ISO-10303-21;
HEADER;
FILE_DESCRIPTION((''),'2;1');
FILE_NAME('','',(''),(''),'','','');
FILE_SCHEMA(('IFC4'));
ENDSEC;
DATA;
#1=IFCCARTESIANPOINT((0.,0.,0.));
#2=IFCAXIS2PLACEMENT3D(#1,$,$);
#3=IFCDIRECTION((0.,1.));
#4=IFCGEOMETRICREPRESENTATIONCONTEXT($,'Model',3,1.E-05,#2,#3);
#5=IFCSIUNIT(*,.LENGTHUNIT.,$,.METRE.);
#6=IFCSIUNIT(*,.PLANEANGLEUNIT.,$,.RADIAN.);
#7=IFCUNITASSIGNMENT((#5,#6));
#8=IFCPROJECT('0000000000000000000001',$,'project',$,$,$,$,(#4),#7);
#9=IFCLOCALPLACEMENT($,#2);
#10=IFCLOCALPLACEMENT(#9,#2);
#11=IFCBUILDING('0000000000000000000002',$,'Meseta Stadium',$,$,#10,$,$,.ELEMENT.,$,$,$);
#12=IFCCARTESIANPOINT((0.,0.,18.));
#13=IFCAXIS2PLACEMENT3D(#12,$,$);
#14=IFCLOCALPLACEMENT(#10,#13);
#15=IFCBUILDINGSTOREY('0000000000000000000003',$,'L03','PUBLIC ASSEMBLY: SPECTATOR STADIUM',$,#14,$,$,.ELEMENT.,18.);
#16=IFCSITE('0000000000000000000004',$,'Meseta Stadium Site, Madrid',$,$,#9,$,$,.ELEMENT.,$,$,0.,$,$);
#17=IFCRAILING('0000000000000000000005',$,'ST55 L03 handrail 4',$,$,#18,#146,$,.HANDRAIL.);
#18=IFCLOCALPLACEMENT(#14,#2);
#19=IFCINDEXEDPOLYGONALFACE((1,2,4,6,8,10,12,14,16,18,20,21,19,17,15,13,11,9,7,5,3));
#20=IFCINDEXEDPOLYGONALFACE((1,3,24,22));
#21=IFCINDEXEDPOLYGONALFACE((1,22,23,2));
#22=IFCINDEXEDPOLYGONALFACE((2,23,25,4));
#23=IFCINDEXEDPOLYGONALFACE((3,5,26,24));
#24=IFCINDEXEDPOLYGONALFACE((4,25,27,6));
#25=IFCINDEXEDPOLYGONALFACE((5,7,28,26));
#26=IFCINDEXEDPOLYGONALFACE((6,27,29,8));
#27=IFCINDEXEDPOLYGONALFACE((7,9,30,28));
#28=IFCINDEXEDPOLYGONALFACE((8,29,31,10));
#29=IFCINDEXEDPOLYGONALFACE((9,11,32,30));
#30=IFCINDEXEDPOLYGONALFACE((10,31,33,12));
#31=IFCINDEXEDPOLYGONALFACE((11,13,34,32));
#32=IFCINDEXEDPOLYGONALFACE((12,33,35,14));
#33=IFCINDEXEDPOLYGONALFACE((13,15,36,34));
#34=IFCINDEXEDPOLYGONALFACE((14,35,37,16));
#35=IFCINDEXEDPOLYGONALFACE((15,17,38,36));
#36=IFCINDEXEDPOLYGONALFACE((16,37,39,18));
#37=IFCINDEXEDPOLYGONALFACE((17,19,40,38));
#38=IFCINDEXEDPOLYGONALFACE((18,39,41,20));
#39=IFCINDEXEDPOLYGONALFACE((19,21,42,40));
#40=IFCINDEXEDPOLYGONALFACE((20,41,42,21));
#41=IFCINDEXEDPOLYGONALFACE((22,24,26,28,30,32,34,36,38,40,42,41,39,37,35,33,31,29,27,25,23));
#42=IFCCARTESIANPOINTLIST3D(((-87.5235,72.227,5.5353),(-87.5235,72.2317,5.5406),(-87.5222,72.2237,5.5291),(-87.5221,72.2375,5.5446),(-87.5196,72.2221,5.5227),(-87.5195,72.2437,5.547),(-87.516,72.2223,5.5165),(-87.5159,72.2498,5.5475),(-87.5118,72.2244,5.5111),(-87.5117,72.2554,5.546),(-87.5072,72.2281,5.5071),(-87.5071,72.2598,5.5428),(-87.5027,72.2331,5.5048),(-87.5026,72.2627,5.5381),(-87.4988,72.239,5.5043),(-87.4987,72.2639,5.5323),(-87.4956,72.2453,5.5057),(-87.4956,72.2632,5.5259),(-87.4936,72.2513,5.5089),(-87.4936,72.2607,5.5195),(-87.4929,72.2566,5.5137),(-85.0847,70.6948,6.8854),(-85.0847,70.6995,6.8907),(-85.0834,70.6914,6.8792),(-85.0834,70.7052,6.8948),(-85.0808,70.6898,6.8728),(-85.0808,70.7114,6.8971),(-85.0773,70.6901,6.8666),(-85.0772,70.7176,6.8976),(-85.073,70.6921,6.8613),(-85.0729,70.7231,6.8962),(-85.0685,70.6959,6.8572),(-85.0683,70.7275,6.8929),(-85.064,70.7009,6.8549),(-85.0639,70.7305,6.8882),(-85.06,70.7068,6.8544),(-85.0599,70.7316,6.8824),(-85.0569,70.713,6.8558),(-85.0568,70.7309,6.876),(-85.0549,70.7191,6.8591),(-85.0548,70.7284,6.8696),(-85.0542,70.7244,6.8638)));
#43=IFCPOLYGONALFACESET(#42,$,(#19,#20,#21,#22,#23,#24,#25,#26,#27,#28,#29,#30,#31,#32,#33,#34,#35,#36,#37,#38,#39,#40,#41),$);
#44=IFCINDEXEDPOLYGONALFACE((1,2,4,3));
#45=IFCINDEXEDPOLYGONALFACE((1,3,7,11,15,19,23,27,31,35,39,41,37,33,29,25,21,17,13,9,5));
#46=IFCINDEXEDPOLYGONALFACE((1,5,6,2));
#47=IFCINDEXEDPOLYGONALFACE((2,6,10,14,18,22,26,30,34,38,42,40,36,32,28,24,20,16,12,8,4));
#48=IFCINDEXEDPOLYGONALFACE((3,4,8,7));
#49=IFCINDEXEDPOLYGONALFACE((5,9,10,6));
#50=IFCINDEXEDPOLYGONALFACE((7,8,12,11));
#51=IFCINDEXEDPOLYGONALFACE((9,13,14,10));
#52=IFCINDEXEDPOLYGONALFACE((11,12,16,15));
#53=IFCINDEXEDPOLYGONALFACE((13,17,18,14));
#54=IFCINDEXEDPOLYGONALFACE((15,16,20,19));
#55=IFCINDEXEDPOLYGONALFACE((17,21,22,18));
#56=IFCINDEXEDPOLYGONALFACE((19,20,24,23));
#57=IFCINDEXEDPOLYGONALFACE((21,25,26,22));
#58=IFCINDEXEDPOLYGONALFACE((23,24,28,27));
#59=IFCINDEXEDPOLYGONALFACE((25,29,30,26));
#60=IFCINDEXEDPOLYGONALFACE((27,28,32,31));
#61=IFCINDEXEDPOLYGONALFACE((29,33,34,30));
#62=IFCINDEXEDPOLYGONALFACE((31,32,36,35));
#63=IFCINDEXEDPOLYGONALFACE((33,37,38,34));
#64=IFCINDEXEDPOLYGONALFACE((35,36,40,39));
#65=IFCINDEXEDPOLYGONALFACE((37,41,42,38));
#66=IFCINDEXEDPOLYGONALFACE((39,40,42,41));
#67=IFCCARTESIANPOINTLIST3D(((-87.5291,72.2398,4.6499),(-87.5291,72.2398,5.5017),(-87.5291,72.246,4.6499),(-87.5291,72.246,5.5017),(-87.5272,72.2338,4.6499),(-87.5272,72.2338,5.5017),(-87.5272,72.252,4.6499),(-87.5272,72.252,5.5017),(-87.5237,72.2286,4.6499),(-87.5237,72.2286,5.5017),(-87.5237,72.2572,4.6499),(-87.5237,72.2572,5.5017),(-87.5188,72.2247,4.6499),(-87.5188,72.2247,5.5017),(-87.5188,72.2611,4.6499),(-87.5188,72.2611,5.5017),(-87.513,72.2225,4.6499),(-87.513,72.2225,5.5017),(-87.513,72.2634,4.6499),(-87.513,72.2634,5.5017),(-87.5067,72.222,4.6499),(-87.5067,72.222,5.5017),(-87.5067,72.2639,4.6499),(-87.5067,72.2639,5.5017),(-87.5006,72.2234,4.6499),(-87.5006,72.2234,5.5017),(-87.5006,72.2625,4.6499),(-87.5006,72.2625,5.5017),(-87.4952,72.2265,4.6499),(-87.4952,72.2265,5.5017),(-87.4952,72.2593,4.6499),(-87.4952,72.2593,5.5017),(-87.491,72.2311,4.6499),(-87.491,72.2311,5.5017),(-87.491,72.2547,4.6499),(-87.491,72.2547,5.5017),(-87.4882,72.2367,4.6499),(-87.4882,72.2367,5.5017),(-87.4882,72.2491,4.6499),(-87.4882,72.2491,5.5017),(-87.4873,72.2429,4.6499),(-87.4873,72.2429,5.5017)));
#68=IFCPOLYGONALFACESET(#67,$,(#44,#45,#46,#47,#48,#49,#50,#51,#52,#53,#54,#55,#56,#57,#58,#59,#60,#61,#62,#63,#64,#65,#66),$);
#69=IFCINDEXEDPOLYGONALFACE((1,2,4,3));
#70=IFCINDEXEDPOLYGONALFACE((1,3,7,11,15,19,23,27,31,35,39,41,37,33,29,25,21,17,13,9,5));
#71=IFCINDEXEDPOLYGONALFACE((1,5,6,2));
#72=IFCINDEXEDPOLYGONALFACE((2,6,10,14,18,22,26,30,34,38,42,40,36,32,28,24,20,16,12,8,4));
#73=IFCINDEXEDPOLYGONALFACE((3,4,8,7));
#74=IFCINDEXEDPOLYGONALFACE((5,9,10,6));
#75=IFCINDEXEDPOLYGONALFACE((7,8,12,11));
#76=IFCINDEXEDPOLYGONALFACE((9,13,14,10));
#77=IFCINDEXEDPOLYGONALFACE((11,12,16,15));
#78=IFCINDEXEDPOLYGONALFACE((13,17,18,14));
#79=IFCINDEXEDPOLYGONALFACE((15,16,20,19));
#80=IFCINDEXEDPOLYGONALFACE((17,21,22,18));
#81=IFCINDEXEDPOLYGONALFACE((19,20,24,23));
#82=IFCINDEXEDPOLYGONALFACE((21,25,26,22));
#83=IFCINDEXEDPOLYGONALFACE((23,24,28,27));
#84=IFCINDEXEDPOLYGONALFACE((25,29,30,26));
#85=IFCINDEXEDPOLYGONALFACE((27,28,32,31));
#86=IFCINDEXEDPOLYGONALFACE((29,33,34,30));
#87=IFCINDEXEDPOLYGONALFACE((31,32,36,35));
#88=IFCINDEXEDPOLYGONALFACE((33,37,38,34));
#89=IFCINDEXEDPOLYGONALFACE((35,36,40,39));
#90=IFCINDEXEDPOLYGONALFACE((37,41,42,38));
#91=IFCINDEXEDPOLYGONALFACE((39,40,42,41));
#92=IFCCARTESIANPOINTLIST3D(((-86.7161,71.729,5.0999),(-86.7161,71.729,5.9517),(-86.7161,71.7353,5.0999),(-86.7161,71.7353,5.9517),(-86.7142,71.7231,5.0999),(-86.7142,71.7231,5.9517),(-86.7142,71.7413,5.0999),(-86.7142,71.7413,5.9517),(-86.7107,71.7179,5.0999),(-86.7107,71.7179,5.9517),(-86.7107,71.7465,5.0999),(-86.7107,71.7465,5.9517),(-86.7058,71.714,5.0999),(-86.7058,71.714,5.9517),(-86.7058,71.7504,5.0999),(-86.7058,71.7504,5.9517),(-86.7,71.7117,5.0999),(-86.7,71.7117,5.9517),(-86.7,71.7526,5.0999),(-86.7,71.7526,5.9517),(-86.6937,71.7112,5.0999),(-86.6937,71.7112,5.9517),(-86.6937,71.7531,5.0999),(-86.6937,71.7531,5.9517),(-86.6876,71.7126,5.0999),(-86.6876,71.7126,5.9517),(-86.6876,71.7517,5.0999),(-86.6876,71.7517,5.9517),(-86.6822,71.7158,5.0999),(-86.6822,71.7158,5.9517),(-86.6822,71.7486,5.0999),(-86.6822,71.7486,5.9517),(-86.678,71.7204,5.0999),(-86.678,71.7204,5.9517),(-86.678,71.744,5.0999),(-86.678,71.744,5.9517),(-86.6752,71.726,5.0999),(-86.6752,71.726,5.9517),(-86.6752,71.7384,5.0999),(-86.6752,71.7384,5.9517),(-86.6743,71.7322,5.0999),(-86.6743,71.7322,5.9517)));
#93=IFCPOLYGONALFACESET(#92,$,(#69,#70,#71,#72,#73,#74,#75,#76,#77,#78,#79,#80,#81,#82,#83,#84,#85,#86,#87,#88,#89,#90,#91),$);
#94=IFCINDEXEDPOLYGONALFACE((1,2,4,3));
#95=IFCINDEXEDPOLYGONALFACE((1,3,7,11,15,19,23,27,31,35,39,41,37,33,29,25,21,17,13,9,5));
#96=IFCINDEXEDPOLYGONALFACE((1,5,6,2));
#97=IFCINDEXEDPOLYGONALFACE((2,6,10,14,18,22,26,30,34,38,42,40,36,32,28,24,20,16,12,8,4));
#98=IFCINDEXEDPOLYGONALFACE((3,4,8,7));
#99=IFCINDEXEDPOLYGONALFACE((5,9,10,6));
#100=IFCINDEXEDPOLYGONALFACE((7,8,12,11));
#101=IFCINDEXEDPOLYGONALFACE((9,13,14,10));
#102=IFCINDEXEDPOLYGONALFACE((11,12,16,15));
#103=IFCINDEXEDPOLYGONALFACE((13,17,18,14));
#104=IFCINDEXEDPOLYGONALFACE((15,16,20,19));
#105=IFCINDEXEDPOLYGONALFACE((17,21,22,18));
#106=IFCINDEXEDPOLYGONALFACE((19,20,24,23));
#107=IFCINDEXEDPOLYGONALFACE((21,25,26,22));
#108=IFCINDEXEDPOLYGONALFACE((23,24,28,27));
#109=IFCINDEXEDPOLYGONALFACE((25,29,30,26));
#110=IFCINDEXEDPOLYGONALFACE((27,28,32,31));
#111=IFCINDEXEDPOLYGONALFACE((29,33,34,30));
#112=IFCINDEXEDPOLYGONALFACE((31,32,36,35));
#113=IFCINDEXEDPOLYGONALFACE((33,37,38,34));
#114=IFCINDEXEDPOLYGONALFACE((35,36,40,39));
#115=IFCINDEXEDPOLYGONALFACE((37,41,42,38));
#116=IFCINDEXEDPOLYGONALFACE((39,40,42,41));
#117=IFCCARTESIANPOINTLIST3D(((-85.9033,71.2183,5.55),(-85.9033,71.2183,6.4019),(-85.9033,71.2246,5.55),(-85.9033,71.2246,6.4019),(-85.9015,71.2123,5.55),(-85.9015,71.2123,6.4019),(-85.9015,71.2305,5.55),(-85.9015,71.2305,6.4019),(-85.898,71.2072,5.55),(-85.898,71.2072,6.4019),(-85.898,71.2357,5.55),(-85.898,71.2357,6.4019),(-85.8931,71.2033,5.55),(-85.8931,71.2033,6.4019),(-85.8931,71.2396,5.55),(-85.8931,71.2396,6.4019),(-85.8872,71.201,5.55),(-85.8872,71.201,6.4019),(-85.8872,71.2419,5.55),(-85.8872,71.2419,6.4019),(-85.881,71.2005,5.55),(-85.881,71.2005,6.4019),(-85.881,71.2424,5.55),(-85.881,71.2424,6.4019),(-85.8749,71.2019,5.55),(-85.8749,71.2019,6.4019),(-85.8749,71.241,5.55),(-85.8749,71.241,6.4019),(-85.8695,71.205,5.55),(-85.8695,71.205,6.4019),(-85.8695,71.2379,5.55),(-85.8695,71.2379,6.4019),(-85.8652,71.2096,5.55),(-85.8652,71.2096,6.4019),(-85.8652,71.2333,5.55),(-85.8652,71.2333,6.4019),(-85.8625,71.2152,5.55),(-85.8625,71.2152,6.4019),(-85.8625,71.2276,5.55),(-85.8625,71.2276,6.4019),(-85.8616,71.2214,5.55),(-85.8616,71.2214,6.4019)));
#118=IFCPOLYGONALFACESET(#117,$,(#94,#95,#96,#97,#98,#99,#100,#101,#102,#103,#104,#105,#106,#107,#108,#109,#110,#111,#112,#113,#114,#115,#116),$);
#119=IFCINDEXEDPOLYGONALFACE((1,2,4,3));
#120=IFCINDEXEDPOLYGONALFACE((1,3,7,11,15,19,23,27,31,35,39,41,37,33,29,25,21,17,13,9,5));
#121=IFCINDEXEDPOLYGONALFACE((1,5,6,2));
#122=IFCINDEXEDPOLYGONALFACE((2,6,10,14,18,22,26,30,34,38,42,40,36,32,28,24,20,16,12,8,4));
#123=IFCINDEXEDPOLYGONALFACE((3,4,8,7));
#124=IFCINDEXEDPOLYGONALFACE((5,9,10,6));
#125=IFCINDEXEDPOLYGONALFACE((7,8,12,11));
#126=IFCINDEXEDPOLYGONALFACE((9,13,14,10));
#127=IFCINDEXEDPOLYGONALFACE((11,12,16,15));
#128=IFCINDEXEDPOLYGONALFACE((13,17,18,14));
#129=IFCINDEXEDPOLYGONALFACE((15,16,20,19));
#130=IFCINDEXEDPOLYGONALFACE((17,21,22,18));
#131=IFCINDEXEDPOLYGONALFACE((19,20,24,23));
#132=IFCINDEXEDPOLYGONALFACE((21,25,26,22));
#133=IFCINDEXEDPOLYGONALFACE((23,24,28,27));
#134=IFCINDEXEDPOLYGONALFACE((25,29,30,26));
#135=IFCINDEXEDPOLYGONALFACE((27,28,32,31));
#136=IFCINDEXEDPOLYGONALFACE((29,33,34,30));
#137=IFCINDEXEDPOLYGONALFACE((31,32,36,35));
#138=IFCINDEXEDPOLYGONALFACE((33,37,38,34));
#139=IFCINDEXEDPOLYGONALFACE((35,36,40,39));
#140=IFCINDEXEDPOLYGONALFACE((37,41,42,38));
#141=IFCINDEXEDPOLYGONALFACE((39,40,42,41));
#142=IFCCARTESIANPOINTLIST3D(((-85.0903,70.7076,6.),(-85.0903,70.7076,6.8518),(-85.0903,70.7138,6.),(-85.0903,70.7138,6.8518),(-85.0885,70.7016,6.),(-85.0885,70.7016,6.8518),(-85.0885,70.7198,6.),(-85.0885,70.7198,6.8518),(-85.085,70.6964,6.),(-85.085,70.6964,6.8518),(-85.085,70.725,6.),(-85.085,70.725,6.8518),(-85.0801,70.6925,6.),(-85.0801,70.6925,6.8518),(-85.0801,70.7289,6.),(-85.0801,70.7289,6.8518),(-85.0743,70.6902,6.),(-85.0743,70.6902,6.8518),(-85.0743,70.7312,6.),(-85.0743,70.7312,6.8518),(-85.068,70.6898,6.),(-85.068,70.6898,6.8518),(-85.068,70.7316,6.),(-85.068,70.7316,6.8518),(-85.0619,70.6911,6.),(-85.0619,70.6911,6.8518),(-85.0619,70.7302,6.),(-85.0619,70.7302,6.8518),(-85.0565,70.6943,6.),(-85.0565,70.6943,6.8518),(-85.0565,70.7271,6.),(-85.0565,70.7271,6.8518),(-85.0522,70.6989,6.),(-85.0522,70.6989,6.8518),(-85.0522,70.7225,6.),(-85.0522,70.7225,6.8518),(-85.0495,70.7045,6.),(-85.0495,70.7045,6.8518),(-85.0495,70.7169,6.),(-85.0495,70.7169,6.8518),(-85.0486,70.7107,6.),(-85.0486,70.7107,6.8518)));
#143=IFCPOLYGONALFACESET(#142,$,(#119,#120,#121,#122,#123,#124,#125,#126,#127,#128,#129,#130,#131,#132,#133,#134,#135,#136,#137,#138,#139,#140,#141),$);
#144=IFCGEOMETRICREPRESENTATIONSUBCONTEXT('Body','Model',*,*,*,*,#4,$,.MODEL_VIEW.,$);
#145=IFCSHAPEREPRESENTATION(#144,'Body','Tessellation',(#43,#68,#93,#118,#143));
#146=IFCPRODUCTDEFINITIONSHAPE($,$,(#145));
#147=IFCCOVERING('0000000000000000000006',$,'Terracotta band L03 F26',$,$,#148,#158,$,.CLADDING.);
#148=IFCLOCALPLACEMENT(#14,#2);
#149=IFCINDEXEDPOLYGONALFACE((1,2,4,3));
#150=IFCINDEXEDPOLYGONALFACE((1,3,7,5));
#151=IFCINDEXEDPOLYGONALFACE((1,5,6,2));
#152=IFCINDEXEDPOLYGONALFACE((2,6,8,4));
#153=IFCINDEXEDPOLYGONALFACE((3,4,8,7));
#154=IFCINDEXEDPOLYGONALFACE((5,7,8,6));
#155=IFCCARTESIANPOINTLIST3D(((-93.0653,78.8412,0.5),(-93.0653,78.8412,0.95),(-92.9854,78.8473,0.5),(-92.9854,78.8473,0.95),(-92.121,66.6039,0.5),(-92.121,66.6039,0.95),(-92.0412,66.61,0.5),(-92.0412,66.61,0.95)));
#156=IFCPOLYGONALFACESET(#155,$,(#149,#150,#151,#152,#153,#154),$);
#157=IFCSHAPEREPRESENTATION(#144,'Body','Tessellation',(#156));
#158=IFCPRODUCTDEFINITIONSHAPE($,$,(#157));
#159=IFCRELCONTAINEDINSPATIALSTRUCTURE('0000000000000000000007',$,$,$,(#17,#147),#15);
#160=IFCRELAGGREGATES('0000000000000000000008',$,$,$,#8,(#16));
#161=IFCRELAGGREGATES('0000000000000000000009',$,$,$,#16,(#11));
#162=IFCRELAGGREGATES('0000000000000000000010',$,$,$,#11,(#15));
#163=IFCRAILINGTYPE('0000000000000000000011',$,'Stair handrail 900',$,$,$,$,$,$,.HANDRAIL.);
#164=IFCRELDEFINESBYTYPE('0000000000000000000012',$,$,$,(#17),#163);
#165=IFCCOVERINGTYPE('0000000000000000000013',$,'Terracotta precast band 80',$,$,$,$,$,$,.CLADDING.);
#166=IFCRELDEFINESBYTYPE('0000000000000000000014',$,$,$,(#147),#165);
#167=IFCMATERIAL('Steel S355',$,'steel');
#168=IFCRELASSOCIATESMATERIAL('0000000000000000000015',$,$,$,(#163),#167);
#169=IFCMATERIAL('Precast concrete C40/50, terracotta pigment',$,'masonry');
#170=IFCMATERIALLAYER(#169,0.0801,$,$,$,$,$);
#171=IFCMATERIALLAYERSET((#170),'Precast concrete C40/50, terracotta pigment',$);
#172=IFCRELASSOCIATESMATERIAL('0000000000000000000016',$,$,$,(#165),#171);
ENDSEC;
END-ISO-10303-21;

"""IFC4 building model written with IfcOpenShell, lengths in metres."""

from ifc_helpers import new_model, si_unit, direction, frame, origin, origin_2d, place, context, subcontext, project, spatial, rectangle, circle, extrude, material, layer, layer_set, type_object, element, save


model = new_model("IFC4")

# Units and contexts
model_context = context("Model", 3, precision=1e-05, world=origin(), true_north=direction((0.0, 1.0)))
body_context = subcontext(model_context, "Body", "Model", "MODEL_VIEW")
ifc_project = project(units=[si_unit("LENGTHUNIT", "METRE"), si_unit("PLANEANGLEUNIT", "RADIAN")], contexts=[model_context])

# Site, building, storey
site_placement = place(None, origin())
site = spatial("IfcSite", under=ifc_project, at=site_placement, Name="Meseta Stadium Site, Madrid", CompositionType="ELEMENT", RefElevation=0.0)
building_placement = place(site_placement, origin())
building = spatial("IfcBuilding", under=site, at=building_placement, Name="Meseta Stadium", CompositionType="ELEMENT")
storey_placement = place(building_placement, frame((0.0, 0.0, 18.0)))
storey = spatial("IfcBuildingStorey", under=building, at=storey_placement, Name="L03", Description="PUBLIC ASSEMBLY: SPECTATOR STADIUM", CompositionType="ELEMENT", Elevation=18.0)

# Railing
ifc_material_1 = material(Name="Steel S355", Category="steel")
railing_type_1 = type_object("IfcRailingType", Name="Stair handrail 900", PredefinedType="HANDRAIL", material=ifc_material_1)
for number, where, name in (
    (1, (-87.5083, 72.2429, 4.6499), "ST55 L03 handrail 4"),
):
    element("IfcRailing", number, at=place(storey_placement, frame(where)), inside=storey, type_object=railing_type_1, Name=name, PredefinedType="HANDRAIL", context=body_context, shape_type="SweptSolid", body=[
        extrude(circle(Radius=0.0239, at=origin_2d()), frame((0.0, 0.0, 0.876), z_axis=(0.766687, -0.481703, 0.424445), x_axis=(0.532001, 0.846743, 0.0)), (0.0, 0.0, 1.0), 3.1809),
        extrude(circle(Radius=0.021, at=origin_2d()), origin(), (0.0, 0.0, 1.0), 0.8518),
        extrude(circle(Radius=0.021, at=origin_2d()), frame((0.813, -0.5107, 0.45)), (0.0, 0.0, 1.0), 0.8518),
        extrude(circle(Radius=0.021, at=origin_2d()), frame((1.6257, -1.0215, 0.9001)), (0.0, 0.0, 1.0), 0.8518),
        extrude(circle(Radius=0.021, at=origin_2d()), frame((2.4387, -1.5322, 1.3501)), (0.0, 0.0, 1.0), 0.8518),
    ])

# Covering
ifc_material_2 = material(Name="Precast concrete C40/50, terracotta pigment", Category="masonry")
ifc_layer_1 = layer(ifc_material_2, 0.0801)
ifc_layer_set_1 = layer_set([ifc_layer_1], Name="Precast concrete C40/50, terracotta pigment")
covering_type_1 = type_object("IfcCoveringType", Name="Terracotta precast band 80", PredefinedType="CLADDING", material=ifc_layer_set_1)
covering_1_placement = place(storey_placement, frame((-92.5532, 72.7256, 0.5), z_axis=(0.0, 0.0, 1.0), x_axis=(-0.076937, 0.997036, 0.0)))
element("IfcCovering", 2, at=covering_1_placement, inside=storey, type_object=covering_type_1, Name="Terracotta band L03 F26", PredefinedType="CLADDING", context=body_context, shape_type="SweptSolid", body=[
    extrude(rectangle(XDim=12.2737, YDim=0.0801, at=origin_2d()), origin(), (0.0, 0.0, 1.0), 0.45),
])

save(model, "model.ifc")
